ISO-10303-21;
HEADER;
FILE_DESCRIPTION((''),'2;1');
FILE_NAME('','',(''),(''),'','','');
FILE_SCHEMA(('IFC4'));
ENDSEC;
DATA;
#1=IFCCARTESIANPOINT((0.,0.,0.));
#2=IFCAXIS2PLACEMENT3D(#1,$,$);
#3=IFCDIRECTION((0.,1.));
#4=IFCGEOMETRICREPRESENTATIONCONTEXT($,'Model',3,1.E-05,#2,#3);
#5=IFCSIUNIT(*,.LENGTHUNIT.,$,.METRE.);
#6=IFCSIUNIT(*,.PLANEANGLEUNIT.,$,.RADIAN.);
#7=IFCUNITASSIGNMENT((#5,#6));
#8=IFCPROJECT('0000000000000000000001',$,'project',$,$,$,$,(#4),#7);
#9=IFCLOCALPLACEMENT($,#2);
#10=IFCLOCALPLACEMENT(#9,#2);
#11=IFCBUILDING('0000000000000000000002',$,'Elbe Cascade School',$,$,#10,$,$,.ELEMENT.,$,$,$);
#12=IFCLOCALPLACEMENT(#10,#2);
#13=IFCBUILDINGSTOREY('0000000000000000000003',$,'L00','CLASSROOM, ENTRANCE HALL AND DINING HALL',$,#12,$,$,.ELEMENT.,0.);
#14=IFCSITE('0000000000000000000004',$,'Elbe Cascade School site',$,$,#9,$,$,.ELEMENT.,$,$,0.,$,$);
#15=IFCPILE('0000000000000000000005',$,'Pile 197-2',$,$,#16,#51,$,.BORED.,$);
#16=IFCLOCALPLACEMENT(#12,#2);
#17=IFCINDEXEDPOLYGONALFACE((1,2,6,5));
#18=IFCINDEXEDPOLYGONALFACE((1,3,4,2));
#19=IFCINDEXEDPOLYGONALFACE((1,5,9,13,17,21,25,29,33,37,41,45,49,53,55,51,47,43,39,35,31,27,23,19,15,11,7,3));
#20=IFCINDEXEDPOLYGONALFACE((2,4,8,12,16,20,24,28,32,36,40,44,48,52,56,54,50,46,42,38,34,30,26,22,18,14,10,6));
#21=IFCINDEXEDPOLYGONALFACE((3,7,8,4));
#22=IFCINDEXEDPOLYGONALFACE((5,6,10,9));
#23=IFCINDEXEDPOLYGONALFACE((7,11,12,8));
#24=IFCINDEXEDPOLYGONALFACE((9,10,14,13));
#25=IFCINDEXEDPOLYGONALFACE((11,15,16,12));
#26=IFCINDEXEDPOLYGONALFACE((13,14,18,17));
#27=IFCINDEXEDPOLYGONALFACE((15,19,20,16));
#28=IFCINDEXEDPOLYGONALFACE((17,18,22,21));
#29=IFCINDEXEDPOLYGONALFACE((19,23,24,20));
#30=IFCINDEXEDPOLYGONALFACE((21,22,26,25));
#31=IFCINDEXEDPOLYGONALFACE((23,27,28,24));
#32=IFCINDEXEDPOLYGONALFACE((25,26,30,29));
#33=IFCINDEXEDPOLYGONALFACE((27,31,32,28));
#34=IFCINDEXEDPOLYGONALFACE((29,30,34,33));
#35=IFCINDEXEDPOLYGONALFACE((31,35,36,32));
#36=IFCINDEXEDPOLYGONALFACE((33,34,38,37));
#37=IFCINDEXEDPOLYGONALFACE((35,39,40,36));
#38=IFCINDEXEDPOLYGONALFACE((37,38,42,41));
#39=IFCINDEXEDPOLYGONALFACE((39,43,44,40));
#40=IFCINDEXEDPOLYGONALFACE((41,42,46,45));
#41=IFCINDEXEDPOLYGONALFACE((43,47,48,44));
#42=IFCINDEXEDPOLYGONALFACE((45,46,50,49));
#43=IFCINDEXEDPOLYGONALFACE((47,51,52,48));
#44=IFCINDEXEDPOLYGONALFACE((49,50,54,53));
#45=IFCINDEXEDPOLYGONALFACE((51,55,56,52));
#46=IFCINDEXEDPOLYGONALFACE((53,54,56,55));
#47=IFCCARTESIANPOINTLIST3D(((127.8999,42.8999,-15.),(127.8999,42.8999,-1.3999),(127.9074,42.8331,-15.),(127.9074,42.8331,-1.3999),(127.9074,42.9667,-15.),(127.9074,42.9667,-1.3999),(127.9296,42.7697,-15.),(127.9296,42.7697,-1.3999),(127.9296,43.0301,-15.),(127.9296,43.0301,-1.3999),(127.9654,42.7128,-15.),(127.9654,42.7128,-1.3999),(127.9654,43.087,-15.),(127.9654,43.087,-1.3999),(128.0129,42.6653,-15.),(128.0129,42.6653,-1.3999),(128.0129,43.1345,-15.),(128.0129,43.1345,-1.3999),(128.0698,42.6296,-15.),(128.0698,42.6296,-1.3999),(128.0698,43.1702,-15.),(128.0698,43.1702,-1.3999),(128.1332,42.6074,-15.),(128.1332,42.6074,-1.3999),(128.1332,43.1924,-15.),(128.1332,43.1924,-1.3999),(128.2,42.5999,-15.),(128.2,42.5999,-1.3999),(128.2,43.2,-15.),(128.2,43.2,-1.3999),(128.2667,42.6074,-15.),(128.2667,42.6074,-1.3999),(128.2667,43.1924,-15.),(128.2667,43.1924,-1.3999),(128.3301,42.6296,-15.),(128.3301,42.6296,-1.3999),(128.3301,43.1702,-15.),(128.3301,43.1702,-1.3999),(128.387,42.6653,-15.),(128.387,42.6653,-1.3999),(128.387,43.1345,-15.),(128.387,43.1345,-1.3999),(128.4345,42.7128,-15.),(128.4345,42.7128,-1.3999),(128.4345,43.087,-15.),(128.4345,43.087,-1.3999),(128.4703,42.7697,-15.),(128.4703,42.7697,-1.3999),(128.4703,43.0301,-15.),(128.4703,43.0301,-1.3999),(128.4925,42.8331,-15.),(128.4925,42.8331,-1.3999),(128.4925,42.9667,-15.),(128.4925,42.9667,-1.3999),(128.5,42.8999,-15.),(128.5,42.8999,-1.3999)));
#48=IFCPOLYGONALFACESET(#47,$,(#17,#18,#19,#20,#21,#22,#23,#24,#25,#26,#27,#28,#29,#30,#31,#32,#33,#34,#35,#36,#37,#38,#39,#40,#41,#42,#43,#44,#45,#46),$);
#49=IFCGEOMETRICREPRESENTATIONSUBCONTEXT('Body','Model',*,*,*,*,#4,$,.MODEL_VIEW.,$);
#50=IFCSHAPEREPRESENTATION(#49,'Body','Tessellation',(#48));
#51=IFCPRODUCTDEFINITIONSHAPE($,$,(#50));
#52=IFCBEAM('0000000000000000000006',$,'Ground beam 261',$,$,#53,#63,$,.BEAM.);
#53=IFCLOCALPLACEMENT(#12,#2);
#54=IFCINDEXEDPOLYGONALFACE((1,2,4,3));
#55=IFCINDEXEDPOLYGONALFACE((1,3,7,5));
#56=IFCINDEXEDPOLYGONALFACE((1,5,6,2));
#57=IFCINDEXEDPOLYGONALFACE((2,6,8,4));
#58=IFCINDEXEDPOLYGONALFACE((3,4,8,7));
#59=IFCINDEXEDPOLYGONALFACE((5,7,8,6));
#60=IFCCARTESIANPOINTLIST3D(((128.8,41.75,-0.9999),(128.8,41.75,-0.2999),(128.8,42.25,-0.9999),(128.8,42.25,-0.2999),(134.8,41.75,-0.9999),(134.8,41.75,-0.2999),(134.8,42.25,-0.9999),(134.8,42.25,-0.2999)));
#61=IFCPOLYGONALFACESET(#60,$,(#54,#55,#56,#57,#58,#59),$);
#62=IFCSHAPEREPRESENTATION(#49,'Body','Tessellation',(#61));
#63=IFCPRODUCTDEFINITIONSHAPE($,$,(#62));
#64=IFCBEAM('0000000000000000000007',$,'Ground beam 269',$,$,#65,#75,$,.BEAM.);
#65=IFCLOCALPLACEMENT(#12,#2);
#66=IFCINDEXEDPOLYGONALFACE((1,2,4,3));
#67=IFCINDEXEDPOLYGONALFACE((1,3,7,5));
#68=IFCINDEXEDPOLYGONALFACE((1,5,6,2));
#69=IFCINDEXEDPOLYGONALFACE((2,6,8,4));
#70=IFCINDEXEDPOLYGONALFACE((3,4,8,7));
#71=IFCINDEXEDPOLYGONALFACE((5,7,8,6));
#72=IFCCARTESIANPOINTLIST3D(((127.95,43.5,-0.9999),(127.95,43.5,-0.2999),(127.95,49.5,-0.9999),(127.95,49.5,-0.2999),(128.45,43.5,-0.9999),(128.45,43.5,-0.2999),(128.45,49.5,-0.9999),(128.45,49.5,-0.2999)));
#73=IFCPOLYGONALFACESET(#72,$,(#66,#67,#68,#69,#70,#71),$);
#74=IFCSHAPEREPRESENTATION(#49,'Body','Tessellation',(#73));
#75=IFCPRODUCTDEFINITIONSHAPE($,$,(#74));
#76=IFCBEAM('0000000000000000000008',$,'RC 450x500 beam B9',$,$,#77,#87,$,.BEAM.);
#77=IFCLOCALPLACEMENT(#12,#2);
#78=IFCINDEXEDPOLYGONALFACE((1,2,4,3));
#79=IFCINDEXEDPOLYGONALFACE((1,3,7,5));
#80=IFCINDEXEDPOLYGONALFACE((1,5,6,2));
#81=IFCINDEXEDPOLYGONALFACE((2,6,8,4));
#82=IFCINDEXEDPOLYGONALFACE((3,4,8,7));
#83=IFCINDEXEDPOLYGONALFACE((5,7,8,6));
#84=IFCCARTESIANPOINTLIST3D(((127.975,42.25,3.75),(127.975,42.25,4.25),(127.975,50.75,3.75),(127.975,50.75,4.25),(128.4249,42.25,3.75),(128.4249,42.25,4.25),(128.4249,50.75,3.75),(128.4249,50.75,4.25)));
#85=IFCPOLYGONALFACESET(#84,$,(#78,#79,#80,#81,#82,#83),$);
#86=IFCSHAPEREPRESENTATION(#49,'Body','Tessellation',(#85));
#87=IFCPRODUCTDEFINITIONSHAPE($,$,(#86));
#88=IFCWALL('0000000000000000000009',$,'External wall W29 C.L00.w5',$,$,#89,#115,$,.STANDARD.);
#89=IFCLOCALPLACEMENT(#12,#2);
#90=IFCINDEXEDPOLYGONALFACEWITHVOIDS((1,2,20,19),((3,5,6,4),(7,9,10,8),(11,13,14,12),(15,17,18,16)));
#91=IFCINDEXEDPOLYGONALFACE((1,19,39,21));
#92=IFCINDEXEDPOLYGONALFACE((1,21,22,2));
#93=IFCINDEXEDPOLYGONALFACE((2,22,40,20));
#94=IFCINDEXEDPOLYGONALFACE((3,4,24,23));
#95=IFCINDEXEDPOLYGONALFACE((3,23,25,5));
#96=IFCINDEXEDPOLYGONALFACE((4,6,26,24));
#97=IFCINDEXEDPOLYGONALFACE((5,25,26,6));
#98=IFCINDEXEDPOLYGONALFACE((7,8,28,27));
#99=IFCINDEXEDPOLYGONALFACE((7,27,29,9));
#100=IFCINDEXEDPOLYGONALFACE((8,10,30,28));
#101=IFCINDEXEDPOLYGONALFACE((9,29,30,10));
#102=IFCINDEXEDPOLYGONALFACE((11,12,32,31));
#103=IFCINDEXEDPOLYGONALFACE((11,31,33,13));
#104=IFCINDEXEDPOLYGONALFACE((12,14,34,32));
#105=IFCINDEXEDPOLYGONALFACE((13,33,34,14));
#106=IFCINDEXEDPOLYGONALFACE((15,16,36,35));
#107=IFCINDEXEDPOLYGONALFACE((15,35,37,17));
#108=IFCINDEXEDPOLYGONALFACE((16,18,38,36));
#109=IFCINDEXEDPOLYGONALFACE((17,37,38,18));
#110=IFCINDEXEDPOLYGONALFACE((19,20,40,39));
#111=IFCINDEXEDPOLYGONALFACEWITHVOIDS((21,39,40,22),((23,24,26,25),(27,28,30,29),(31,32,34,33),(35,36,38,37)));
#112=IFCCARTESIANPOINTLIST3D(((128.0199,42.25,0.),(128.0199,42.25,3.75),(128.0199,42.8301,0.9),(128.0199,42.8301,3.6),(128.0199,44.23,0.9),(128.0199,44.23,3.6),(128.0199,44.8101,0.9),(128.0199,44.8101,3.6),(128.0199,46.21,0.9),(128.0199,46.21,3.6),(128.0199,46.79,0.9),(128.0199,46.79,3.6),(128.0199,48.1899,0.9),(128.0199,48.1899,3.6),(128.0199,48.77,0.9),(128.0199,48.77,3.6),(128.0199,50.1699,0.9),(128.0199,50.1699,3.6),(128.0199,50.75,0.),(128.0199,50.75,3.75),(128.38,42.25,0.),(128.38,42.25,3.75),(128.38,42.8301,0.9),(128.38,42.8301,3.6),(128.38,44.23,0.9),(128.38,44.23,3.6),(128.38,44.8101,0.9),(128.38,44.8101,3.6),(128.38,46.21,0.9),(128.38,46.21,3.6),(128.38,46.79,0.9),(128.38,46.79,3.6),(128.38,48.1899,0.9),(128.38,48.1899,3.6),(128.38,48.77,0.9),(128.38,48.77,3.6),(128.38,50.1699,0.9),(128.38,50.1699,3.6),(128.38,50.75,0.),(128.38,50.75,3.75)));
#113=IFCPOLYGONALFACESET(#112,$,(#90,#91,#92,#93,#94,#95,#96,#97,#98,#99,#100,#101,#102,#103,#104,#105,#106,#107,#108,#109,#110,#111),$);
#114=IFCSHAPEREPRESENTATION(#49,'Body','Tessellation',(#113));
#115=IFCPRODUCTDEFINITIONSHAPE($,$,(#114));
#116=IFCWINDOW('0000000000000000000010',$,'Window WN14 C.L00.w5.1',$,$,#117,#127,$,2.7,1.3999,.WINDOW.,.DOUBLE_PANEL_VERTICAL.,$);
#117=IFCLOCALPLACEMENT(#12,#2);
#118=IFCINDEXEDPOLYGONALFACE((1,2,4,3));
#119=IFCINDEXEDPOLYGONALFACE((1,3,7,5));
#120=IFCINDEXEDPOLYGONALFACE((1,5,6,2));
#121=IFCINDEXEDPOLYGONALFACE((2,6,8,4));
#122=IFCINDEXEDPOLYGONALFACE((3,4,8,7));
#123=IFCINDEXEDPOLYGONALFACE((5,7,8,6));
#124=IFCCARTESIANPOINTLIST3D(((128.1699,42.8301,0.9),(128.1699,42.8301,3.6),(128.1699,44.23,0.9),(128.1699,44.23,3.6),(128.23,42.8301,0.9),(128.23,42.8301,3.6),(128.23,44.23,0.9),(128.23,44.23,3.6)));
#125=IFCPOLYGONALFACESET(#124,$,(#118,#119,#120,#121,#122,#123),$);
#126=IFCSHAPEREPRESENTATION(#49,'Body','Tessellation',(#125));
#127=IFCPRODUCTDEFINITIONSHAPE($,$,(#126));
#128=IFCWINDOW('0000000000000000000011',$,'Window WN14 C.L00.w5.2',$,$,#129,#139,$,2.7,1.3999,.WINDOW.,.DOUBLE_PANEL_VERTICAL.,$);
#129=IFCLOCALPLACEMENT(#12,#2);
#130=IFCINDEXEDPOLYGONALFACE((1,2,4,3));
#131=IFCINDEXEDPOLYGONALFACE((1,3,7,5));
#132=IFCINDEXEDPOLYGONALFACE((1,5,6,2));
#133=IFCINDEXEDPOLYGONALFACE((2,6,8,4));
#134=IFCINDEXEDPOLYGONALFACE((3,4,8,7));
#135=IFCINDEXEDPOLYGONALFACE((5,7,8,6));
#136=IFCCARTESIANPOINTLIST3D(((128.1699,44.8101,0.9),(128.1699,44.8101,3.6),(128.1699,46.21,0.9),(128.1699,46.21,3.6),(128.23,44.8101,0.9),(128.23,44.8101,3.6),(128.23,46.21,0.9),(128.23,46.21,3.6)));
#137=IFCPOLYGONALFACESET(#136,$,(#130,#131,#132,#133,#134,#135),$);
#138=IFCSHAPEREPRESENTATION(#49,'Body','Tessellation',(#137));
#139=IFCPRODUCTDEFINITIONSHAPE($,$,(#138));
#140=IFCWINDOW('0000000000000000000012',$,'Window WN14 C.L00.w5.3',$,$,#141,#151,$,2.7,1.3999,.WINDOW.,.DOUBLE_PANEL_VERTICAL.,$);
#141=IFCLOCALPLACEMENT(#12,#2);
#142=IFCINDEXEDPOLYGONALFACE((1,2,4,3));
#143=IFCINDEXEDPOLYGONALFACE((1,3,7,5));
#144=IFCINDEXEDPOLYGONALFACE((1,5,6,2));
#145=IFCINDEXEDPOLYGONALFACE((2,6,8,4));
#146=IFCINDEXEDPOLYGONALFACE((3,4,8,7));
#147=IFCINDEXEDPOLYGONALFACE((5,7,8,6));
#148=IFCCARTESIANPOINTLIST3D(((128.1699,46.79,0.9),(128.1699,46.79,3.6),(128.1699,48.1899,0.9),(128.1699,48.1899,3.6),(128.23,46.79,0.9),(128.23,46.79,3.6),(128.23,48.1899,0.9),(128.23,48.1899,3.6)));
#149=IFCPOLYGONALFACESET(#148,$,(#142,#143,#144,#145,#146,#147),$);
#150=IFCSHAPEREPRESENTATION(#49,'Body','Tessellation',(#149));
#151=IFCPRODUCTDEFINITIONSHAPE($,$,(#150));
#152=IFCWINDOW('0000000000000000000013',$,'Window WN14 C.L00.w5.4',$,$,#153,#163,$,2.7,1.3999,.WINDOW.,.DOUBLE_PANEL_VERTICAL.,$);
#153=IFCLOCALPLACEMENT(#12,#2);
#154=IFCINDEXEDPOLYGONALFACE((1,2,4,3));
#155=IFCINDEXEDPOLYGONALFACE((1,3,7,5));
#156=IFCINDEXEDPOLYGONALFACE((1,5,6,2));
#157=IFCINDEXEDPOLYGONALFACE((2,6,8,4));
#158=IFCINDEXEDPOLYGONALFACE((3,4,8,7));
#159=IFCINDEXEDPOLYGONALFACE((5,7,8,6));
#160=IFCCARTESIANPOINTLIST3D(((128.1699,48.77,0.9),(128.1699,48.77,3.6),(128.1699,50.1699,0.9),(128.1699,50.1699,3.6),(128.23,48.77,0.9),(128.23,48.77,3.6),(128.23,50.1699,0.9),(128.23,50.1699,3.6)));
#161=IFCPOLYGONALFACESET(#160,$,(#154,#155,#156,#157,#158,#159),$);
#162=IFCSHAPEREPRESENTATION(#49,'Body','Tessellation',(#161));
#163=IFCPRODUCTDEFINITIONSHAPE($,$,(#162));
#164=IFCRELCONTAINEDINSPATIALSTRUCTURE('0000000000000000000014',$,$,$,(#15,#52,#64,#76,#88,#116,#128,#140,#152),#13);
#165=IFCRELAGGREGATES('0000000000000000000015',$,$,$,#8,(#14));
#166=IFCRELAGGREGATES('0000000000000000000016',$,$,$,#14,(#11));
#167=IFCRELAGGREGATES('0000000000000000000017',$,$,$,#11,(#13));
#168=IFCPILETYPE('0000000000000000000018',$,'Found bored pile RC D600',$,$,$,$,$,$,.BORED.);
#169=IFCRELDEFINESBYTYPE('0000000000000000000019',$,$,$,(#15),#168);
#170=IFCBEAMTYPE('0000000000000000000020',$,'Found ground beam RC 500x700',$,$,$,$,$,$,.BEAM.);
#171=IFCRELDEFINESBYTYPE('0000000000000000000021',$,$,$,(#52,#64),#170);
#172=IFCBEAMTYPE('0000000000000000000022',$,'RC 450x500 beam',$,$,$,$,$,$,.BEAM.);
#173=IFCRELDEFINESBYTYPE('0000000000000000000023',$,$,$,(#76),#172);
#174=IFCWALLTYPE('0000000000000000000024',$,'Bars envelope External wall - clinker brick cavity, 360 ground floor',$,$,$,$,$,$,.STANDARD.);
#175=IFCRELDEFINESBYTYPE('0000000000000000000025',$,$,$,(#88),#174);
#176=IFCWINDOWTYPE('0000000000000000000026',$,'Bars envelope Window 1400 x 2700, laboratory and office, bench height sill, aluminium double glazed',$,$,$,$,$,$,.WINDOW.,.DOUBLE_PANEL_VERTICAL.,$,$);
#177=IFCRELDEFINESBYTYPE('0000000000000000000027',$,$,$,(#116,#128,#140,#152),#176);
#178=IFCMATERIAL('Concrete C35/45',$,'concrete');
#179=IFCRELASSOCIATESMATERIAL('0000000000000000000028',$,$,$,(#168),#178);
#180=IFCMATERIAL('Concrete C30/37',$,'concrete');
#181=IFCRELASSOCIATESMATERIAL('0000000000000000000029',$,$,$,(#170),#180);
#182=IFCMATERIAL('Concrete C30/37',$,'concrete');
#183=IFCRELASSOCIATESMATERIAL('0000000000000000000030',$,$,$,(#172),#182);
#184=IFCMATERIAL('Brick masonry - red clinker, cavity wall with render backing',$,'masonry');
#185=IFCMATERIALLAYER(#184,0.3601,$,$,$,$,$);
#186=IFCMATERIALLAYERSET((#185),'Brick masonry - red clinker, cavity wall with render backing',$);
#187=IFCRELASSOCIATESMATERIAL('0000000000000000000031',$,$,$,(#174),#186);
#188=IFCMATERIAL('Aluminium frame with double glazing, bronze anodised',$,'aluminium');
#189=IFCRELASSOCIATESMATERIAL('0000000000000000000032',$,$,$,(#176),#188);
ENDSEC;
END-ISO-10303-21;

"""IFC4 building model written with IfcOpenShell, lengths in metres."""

from ifc_helpers import new_model, si_unit, direction, frame, frame_2d, origin, origin_2d, place, context, subcontext, project, spatial, rectangle, circle, extrude, material, layer, layer_set, material_profile, profile_set, type_object, element, fill, save


model = new_model("IFC4")

# Units and contexts
model_context = context("Model", 3, precision=1e-05, world=origin(), true_north=direction((0.0, 1.0)))
body_context = subcontext(model_context, "Body", "Model", "MODEL_VIEW")
ifc_project = project(units=[si_unit("LENGTHUNIT", "METRE"), si_unit("PLANEANGLEUNIT", "RADIAN")], contexts=[model_context])

# Site, building, storey
site_placement = place(None, origin())
site = spatial("IfcSite", under=ifc_project, at=site_placement, Name="Elbe Cascade School site", CompositionType="ELEMENT", RefElevation=0.0)
building_placement = place(site_placement, origin())
building = spatial("IfcBuilding", under=site, at=building_placement, Name="Elbe Cascade School", CompositionType="ELEMENT")
storey_placement = place(building_placement, origin())
storey = spatial("IfcBuildingStorey", under=building, at=storey_placement, Name="L00", Description="CLASSROOM, ENTRANCE HALL AND DINING HALL", CompositionType="ELEMENT", Elevation=0.0)

# Pile
ifc_material_1 = material(Name="Concrete C35/45", Category="concrete")
ifc_material_profile_1 = material_profile(ifc_material_1, circle(Radius=0.3, at=origin_2d()), Name="RC D600")
ifc_profile_set_1 = profile_set([ifc_material_profile_1], Name="Concrete C35/45")
pile_type = type_object("IfcPileType", Name="Found bored pile RC D600", PredefinedType="BORED", material=ifc_profile_set_1)
pile_placement = place(storey_placement, frame((128.2, 42.8999, -1.3999), z_axis=(0.0, 0.0, -1.0), x_axis=(1.0, 0.0, 0.0)))
element("IfcPile", 1, at=pile_placement, inside=storey, type_object=pile_type, Name="Pile 197-2", PredefinedType="BORED", context=body_context, shape_type="SweptSolid", body=[
    extrude(circle(Radius=0.3, at=origin_2d()), origin(), (0.0, 0.0, 1.0), 13.6001),
])

# Beams
ifc_material_2 = material(Name="Concrete C30/37", Category="concrete")
ifc_material_profile_2 = material_profile(ifc_material_2, rectangle(XDim=0.5, YDim=0.7, at=origin_2d()), Name="RC 500x700")
ifc_profile_set_2 = profile_set([ifc_material_profile_2], Name="Concrete C30/37")
beam_type_1 = type_object("IfcBeamType", Name="Found ground beam RC 500x700", PredefinedType="BEAM", material=ifc_profile_set_2)
for number, where, z_axis, x_axis, name in (
    (2, (128.8, 42.0, -0.6499), (1.0, 0.0, 0.0), (0.0, 1.0, 0.0), "Ground beam 261"),
    (3, (128.2, 43.5, -0.6499), (0.0, 1.0, 0.0), (-1.0, 0.0, 0.0), "Ground beam 269"),
):
    element("IfcBeam", number, at=place(storey_placement, frame(where, z_axis=z_axis, x_axis=x_axis)), inside=storey, type_object=beam_type_1, Name=name, PredefinedType="BEAM", context=body_context, shape_type="SweptSolid", body=[
        extrude(rectangle(XDim=0.5, YDim=0.7, at=origin_2d()), origin(), (0.0, 0.0, 1.0), 6.0),
    ])
ifc_material_3 = material(Name="Concrete C30/37", Category="concrete")
ifc_material_profile_3 = material_profile(ifc_material_3, rectangle(XDim=0.45, YDim=0.5, at=origin_2d()), Name="RC 450x500")
ifc_profile_set_3 = profile_set([ifc_material_profile_3], Name="Concrete C30/37")
beam_type_2 = type_object("IfcBeamType", Name="RC 450x500 beam", PredefinedType="BEAM", material=ifc_profile_set_3)
beam_placement = place(storey_placement, frame((128.2, 42.25, 4.0), z_axis=(0.0, 1.0, 0.0), x_axis=(-1.0, 0.0, 0.0)))
element("IfcBeam", 4, at=beam_placement, inside=storey, type_object=beam_type_2, Name="RC 450x500 beam B9", PredefinedType="BEAM", context=body_context, shape_type="SweptSolid", body=[
    extrude(rectangle(XDim=0.45, YDim=0.5, at=origin_2d()), origin(), (0.0, 0.0, 1.0), 8.5),
])

# Wall, openings, windows
ifc_material_4 = material(Name="Brick masonry - red clinker, cavity wall with render backing", Category="masonry")
ifc_layer_1 = layer(ifc_material_4, 0.3601)
ifc_layer_set_1 = layer_set([ifc_layer_1], Name="Brick masonry - red clinker, cavity wall with render backing")
wall_type = type_object("IfcWallType", Name="Bars envelope External wall - clinker brick cavity, 360 ground floor", PredefinedType="STANDARD", material=ifc_layer_set_1)
wall_placement = place(storey_placement, frame((128.2, 42.25, 0.0), z_axis=(0.0, 0.0, 1.0), x_axis=(0.0, 1.0, 0.0)))
wall = element("IfcWall", 5, at=wall_placement, inside=storey, type_object=wall_type, Name="External wall W29 C.L00.w5", PredefinedType="STANDARD", context=body_context, shape_type="SweptSolid", body=[
    extrude(rectangle(XDim=8.5, YDim=0.3601, at=frame_2d((4.25, 0.0))), origin(), (0.0, 0.0, 1.0), 3.75),
])
opening_1_placement = place(wall_placement, frame((0.5801, 0.0, 0.8999)))
opening_1 = element("IfcOpeningElement", 6, at=opening_1_placement, cuts=wall, PredefinedType="OPENING", context=body_context, shape_type="SweptSolid", body=[
    extrude(rectangle(XDim=1.3999, YDim=2.7, at=frame_2d((0.7, 1.3501))), frame((0.0, 0.1899, 0.0), z_axis=(0.0, -1.0, 0.0), x_axis=(1.0, 0.0, 0.0)), (0.0, 0.0, 1.0), 0.3801),
])
opening_2_placement = place(wall_placement, frame((2.5601, 0.0, 0.8999)))
opening_2 = element("IfcOpeningElement", 7, at=opening_2_placement, cuts=wall, PredefinedType="OPENING", context=body_context, shape_type="SweptSolid", body=[
    extrude(rectangle(XDim=1.3999, YDim=2.7, at=frame_2d((0.7, 1.3501))), frame((0.0, 0.1899, 0.0), z_axis=(0.0, -1.0, 0.0), x_axis=(1.0, 0.0, 0.0)), (0.0, 0.0, 1.0), 0.3801),
])
opening_3_placement = place(wall_placement, frame((4.54, 0.0, 0.8999)))
opening_3 = element("IfcOpeningElement", 8, at=opening_3_placement, cuts=wall, PredefinedType="OPENING", context=body_context, shape_type="SweptSolid", body=[
    extrude(rectangle(XDim=1.3999, YDim=2.7, at=frame_2d((0.7, 1.3501))), frame((0.0, 0.1899, 0.0), z_axis=(0.0, -1.0, 0.0), x_axis=(1.0, 0.0, 0.0)), (0.0, 0.0, 1.0), 0.3801),
])
opening_4_placement = place(wall_placement, frame((6.52, 0.0, 0.8999)))
opening_4 = element("IfcOpeningElement", 9, at=opening_4_placement, cuts=wall, PredefinedType="OPENING", context=body_context, shape_type="SweptSolid", body=[
    extrude(rectangle(XDim=1.3999, YDim=2.7, at=frame_2d((0.7, 1.3501))), frame((0.0, 0.1899, 0.0), z_axis=(0.0, -1.0, 0.0), x_axis=(1.0, 0.0, 0.0)), (0.0, 0.0, 1.0), 0.3801),
])
ifc_material_5 = material(Name="Aluminium frame with double glazing, bronze anodised", Category="aluminium")
window_type = type_object("IfcWindowType", Name="Bars envelope Window 1400 x 2700, laboratory and office, bench height sill, aluminium double glazed", PartitioningType="DOUBLE_PANEL_VERTICAL", PredefinedType="WINDOW", material=ifc_material_5)
window_1_placement = place(opening_1_placement, origin())
window_1 = element("IfcWindow", 10, at=window_1_placement, inside=storey, type_object=window_type, Name="Window WN14 C.L00.w5.1", OverallHeight=2.7, OverallWidth=1.3999, PartitioningType="DOUBLE_PANEL_VERTICAL", PredefinedType="WINDOW", context=body_context, shape_type="SweptSolid", body=[
    extrude(rectangle(XDim=1.3999, YDim=2.7, at=frame_2d((0.7, 1.3501))), frame((0.0, 0.03, 0.0), z_axis=(0.0, -1.0, 0.0), x_axis=(1.0, 0.0, 0.0)), (0.0, 0.0, 1.0), 0.0601),
])
fill(opening_1, window_1)
window_2_placement = place(opening_2_placement, origin())
window_2 = element("IfcWindow", 11, at=window_2_placement, inside=storey, type_object=window_type, Name="Window WN14 C.L00.w5.2", OverallHeight=2.7, OverallWidth=1.3999, PartitioningType="DOUBLE_PANEL_VERTICAL", PredefinedType="WINDOW", context=body_context, shape_type="SweptSolid", body=[
    extrude(rectangle(XDim=1.3999, YDim=2.7, at=frame_2d((0.7, 1.3501))), frame((0.0, 0.03, 0.0), z_axis=(0.0, -1.0, 0.0), x_axis=(1.0, 0.0, 0.0)), (0.0, 0.0, 1.0), 0.0601),
])
fill(opening_2, window_2)
window_3_placement = place(opening_3_placement, origin())
window_3 = element("IfcWindow", 12, at=window_3_placement, inside=storey, type_object=window_type, Name="Window WN14 C.L00.w5.3", OverallHeight=2.7, OverallWidth=1.3999, PartitioningType="DOUBLE_PANEL_VERTICAL", PredefinedType="WINDOW", context=body_context, shape_type="SweptSolid", body=[
    extrude(rectangle(XDim=1.3999, YDim=2.7, at=frame_2d((0.7, 1.3501))), frame((0.0, 0.03, 0.0), z_axis=(0.0, -1.0, 0.0), x_axis=(1.0, 0.0, 0.0)), (0.0, 0.0, 1.0), 0.0601),
])
fill(opening_3, window_3)
window_4_placement = place(opening_4_placement, origin())
window_4 = element("IfcWindow", 13, at=window_4_placement, inside=storey, type_object=window_type, Name="Window WN14 C.L00.w5.4", OverallHeight=2.7, OverallWidth=1.3999, PartitioningType="DOUBLE_PANEL_VERTICAL", PredefinedType="WINDOW", context=body_context, shape_type="SweptSolid", body=[
    extrude(rectangle(XDim=1.3999, YDim=2.7, at=frame_2d((0.7, 1.3501))), frame((0.0, 0.03, 0.0), z_axis=(0.0, -1.0, 0.0), x_axis=(1.0, 0.0, 0.0)), (0.0, 0.0, 1.0), 0.0601),
])
fill(opening_4, window_4)

save(model, "model.ifc")
